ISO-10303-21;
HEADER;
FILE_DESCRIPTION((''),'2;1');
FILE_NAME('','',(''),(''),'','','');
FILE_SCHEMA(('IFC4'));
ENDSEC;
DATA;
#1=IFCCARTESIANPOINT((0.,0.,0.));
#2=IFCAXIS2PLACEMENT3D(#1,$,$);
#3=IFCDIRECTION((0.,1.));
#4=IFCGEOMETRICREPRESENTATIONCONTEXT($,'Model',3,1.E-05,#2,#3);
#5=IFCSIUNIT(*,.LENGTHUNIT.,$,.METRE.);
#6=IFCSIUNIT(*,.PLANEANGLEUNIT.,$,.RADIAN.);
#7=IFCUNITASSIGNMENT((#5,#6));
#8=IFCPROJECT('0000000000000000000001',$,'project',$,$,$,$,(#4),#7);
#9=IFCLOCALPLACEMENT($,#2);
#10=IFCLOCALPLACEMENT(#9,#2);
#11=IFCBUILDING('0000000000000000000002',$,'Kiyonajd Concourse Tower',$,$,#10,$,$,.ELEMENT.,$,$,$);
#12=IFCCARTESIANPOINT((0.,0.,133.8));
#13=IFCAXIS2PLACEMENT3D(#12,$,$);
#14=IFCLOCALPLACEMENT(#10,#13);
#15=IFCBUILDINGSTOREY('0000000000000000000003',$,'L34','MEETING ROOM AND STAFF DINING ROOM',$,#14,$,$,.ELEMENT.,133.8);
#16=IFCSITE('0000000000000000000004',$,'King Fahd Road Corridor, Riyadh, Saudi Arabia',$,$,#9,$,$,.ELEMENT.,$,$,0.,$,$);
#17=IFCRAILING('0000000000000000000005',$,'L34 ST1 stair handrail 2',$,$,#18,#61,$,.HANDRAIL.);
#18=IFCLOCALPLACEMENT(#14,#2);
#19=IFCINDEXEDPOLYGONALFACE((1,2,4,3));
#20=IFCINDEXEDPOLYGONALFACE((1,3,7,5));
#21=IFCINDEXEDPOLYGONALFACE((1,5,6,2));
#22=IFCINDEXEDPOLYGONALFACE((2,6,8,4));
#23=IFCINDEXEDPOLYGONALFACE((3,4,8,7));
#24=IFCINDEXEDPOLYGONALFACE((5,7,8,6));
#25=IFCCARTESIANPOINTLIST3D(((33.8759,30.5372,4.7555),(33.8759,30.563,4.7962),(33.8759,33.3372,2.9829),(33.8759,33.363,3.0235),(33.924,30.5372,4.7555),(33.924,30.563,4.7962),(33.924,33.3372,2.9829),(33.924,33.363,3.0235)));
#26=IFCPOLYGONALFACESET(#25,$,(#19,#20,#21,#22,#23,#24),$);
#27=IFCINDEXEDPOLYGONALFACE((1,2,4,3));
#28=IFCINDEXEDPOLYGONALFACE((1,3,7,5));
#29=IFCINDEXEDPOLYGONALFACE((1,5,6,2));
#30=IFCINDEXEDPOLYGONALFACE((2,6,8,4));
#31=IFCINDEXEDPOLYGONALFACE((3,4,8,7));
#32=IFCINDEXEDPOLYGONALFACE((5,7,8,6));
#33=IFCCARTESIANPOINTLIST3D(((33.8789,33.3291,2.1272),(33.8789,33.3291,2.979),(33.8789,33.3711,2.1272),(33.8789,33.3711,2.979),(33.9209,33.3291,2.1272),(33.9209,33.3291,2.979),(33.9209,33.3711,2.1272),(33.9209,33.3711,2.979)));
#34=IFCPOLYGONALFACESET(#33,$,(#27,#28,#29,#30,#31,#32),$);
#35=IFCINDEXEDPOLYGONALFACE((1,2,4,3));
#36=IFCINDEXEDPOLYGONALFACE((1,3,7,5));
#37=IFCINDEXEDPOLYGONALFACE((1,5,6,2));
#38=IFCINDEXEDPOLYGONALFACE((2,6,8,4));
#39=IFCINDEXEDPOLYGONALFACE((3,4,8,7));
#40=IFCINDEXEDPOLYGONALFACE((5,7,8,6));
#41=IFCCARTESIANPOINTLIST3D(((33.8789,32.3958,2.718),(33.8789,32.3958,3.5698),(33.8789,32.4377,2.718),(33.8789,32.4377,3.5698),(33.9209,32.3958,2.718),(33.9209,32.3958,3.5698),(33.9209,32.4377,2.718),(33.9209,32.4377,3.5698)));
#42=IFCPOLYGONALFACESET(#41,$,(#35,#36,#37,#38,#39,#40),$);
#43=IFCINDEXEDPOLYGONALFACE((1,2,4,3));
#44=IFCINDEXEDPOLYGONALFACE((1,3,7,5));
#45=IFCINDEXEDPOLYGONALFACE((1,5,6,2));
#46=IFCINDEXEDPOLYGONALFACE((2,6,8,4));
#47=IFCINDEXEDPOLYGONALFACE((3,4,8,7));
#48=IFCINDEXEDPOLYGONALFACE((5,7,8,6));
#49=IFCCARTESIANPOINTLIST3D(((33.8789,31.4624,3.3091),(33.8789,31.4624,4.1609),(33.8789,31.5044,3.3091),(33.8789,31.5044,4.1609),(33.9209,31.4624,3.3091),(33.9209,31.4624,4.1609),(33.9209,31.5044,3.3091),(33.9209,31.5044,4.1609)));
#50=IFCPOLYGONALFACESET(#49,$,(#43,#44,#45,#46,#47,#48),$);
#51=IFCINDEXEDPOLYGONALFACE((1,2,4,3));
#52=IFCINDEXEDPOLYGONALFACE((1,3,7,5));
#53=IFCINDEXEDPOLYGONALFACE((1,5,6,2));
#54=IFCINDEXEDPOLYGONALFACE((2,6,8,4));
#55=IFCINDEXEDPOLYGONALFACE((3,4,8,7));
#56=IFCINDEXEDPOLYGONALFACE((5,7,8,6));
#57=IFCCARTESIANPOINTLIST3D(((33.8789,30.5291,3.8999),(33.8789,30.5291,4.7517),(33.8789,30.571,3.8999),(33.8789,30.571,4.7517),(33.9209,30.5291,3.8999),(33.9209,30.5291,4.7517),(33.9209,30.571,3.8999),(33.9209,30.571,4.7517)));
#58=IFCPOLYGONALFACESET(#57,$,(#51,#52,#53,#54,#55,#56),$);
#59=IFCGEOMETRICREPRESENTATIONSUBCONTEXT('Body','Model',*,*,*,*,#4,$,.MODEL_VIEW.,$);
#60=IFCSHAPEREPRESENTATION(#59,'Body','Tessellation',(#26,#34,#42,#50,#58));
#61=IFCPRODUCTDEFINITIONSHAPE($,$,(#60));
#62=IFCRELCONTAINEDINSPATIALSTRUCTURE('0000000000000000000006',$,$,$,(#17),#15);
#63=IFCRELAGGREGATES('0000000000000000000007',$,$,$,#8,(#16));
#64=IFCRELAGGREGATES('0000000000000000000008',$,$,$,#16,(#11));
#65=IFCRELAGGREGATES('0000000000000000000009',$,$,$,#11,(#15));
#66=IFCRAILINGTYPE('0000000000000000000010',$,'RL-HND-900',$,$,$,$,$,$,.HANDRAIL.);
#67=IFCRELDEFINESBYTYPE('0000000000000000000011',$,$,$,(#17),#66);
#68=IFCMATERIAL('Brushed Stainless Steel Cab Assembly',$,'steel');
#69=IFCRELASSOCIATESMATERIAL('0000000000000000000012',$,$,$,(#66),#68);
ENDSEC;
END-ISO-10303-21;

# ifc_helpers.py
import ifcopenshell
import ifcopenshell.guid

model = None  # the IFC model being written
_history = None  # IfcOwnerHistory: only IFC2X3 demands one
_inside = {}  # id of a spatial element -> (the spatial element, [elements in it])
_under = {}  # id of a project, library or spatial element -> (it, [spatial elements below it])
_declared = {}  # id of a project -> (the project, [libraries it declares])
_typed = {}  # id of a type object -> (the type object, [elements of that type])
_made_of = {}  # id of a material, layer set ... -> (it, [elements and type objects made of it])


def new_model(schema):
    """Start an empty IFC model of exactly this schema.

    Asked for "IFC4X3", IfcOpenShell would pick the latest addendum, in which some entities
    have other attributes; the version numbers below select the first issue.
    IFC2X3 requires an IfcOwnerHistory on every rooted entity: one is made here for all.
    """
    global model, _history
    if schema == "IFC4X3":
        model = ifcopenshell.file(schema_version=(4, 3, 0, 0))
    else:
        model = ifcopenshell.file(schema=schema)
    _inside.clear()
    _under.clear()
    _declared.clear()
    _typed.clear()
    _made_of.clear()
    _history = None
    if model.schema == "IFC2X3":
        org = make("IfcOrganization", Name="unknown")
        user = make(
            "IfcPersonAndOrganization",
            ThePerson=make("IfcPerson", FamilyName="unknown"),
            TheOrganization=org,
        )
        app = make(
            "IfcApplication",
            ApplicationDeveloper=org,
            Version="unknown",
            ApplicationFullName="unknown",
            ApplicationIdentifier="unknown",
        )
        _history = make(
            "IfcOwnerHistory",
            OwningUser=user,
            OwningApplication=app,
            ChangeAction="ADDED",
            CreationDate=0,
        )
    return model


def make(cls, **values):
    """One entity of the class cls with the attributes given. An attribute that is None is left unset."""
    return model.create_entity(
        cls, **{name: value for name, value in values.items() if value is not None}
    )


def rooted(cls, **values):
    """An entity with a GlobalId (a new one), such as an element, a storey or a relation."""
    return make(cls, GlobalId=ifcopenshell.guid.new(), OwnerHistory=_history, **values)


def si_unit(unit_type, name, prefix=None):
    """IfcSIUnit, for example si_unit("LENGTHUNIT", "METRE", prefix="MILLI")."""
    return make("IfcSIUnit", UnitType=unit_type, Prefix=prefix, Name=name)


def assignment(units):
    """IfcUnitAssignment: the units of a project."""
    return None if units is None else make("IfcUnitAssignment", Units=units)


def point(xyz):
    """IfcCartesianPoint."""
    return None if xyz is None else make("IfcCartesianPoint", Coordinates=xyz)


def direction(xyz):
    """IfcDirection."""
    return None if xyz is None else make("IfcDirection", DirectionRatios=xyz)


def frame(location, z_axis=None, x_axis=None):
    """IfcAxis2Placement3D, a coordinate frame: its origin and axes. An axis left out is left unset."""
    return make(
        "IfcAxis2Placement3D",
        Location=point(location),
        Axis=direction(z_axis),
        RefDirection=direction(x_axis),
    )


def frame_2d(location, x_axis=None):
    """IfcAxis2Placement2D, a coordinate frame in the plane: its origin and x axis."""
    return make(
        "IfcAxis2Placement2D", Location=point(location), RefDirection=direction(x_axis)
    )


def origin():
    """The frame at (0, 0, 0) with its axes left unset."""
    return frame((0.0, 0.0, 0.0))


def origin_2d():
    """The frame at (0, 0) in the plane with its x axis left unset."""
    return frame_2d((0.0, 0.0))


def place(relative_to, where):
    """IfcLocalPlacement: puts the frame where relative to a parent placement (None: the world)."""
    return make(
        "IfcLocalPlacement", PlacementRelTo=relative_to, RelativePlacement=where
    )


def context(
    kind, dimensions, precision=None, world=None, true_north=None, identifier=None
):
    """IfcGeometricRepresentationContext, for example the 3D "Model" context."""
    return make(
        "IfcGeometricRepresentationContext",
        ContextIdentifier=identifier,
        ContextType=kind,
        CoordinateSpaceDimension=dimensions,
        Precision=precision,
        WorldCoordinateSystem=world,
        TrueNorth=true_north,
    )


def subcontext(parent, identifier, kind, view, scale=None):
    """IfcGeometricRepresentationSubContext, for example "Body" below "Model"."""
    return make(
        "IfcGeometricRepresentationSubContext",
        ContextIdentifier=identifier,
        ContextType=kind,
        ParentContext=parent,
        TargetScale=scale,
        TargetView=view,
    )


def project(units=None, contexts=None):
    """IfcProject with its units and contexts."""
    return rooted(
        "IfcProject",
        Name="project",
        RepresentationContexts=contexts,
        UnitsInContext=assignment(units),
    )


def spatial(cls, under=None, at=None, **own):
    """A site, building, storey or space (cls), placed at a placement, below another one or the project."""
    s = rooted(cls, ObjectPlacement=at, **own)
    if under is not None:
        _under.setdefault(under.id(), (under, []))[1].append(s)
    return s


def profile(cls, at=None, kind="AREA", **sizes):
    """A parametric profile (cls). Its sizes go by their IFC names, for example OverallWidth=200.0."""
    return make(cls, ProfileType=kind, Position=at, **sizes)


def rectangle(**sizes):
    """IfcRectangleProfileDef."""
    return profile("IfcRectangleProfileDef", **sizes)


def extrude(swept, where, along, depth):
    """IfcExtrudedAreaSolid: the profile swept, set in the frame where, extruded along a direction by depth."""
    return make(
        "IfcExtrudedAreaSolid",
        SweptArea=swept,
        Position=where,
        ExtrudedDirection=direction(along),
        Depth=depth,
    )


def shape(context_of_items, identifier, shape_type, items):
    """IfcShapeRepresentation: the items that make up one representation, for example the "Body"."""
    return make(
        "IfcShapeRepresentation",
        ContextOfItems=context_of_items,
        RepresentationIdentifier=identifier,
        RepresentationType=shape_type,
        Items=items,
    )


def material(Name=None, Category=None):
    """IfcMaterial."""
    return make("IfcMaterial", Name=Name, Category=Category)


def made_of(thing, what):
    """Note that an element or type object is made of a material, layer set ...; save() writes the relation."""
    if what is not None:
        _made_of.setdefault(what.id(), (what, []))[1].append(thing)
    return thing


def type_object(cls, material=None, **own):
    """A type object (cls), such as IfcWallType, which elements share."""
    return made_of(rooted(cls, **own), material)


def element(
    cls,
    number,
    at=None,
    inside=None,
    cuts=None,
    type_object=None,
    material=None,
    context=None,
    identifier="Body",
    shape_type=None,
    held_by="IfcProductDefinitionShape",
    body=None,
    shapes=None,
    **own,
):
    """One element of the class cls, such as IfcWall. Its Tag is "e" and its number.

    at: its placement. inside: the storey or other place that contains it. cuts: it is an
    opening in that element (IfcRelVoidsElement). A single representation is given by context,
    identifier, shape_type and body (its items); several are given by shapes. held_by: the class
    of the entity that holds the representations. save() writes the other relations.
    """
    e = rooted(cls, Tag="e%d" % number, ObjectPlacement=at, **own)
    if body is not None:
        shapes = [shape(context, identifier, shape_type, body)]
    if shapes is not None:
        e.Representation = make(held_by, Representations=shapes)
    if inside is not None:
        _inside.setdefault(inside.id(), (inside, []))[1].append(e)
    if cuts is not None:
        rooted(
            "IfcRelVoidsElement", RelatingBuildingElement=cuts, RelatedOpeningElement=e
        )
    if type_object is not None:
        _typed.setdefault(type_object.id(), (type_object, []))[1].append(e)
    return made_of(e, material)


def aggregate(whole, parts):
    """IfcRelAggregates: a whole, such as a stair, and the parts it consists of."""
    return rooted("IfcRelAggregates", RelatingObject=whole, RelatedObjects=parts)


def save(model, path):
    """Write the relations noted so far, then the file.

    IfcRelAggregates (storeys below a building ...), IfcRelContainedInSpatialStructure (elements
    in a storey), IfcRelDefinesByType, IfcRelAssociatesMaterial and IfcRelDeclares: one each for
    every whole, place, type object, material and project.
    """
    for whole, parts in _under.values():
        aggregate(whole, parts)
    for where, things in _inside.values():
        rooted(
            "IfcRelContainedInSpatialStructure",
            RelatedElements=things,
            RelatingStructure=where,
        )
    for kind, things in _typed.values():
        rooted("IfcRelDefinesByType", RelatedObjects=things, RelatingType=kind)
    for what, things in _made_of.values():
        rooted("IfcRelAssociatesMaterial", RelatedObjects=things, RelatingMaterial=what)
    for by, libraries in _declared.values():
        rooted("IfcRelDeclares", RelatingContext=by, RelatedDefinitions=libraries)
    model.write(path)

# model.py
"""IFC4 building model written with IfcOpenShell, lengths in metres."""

from ifc_helpers import new_model, si_unit, direction, frame, origin, origin_2d, place, context, subcontext, project, spatial, rectangle, extrude, material, type_object, element, save


model = new_model("IFC4")

# Units and contexts
model_context = context("Model", 3, precision=1e-05, world=origin(), true_north=direction((0.0, 1.0)))
body_context = subcontext(model_context, "Body", "Model", "MODEL_VIEW")
ifc_project = project(units=[si_unit("LENGTHUNIT", "METRE"), si_unit("PLANEANGLEUNIT", "RADIAN")], contexts=[model_context])

# Site, building, storey
site_placement = place(None, origin())
site = spatial("IfcSite", under=ifc_project, at=site_placement, Name="King Fahd Road Corridor, Riyadh, Saudi Arabia", CompositionType="ELEMENT", RefElevation=0.0)
building_placement = place(site_placement, origin())
building = spatial("IfcBuilding", under=site, at=building_placement, Name="Kiyonajd Concourse Tower", CompositionType="ELEMENT")
storey_placement = place(building_placement, frame((0.0, 0.0, 133.8)))
storey = spatial("IfcBuildingStorey", under=building, at=storey_placement, Name="L34", Description="MEETING ROOM AND STAFF DINING ROOM", CompositionType="ELEMENT", Elevation=133.8)

# Shared definitions
ifc_material_1 = material(Name="Brushed Stainless Steel Cab Assembly", Category="steel")

# Railing
railing_type_1 = type_object("IfcRailingType", Name="RL-HND-900", PredefinedType="HANDRAIL", material=ifc_material_1)
railing_1_placement = place(storey_placement, frame((33.8999, 33.3501, 2.1272)))
element("IfcRailing", 1, at=railing_1_placement, inside=storey, type_object=railing_type_1, Name="L34 ST1 stair handrail 2", PredefinedType="HANDRAIL", context=body_context, shape_type="SweptSolid", body=[
    extrude(rectangle(XDim=0.0481, YDim=0.0481, at=origin_2d()), frame((0.0, 0.0, 0.876), z_axis=(0.0, -0.844909, 0.53491), x_axis=(1.0, 0.0, 0.0)), (0.0, 0.0, 1.0), 3.314),
    extrude(rectangle(XDim=0.042, YDim=0.042, at=origin_2d()), origin(), (0.0, 0.0, 1.0), 0.8518),
    extrude(rectangle(XDim=0.042, YDim=0.042, at=origin_2d()), frame((0.0, -0.9333, 0.5908)), (0.0, 0.0, 1.0), 0.8518),
    extrude(rectangle(XDim=0.042, YDim=0.042, at=origin_2d()), frame((0.0, -1.8667, 1.1819)), (0.0, 0.0, 1.0), 0.8518),
    extrude(rectangle(XDim=0.042, YDim=0.042, at=origin_2d()), frame((0.0, -2.8, 1.7727)), (0.0, 0.0, 1.0), 0.8518),
])

save(model, "model.ifc")
